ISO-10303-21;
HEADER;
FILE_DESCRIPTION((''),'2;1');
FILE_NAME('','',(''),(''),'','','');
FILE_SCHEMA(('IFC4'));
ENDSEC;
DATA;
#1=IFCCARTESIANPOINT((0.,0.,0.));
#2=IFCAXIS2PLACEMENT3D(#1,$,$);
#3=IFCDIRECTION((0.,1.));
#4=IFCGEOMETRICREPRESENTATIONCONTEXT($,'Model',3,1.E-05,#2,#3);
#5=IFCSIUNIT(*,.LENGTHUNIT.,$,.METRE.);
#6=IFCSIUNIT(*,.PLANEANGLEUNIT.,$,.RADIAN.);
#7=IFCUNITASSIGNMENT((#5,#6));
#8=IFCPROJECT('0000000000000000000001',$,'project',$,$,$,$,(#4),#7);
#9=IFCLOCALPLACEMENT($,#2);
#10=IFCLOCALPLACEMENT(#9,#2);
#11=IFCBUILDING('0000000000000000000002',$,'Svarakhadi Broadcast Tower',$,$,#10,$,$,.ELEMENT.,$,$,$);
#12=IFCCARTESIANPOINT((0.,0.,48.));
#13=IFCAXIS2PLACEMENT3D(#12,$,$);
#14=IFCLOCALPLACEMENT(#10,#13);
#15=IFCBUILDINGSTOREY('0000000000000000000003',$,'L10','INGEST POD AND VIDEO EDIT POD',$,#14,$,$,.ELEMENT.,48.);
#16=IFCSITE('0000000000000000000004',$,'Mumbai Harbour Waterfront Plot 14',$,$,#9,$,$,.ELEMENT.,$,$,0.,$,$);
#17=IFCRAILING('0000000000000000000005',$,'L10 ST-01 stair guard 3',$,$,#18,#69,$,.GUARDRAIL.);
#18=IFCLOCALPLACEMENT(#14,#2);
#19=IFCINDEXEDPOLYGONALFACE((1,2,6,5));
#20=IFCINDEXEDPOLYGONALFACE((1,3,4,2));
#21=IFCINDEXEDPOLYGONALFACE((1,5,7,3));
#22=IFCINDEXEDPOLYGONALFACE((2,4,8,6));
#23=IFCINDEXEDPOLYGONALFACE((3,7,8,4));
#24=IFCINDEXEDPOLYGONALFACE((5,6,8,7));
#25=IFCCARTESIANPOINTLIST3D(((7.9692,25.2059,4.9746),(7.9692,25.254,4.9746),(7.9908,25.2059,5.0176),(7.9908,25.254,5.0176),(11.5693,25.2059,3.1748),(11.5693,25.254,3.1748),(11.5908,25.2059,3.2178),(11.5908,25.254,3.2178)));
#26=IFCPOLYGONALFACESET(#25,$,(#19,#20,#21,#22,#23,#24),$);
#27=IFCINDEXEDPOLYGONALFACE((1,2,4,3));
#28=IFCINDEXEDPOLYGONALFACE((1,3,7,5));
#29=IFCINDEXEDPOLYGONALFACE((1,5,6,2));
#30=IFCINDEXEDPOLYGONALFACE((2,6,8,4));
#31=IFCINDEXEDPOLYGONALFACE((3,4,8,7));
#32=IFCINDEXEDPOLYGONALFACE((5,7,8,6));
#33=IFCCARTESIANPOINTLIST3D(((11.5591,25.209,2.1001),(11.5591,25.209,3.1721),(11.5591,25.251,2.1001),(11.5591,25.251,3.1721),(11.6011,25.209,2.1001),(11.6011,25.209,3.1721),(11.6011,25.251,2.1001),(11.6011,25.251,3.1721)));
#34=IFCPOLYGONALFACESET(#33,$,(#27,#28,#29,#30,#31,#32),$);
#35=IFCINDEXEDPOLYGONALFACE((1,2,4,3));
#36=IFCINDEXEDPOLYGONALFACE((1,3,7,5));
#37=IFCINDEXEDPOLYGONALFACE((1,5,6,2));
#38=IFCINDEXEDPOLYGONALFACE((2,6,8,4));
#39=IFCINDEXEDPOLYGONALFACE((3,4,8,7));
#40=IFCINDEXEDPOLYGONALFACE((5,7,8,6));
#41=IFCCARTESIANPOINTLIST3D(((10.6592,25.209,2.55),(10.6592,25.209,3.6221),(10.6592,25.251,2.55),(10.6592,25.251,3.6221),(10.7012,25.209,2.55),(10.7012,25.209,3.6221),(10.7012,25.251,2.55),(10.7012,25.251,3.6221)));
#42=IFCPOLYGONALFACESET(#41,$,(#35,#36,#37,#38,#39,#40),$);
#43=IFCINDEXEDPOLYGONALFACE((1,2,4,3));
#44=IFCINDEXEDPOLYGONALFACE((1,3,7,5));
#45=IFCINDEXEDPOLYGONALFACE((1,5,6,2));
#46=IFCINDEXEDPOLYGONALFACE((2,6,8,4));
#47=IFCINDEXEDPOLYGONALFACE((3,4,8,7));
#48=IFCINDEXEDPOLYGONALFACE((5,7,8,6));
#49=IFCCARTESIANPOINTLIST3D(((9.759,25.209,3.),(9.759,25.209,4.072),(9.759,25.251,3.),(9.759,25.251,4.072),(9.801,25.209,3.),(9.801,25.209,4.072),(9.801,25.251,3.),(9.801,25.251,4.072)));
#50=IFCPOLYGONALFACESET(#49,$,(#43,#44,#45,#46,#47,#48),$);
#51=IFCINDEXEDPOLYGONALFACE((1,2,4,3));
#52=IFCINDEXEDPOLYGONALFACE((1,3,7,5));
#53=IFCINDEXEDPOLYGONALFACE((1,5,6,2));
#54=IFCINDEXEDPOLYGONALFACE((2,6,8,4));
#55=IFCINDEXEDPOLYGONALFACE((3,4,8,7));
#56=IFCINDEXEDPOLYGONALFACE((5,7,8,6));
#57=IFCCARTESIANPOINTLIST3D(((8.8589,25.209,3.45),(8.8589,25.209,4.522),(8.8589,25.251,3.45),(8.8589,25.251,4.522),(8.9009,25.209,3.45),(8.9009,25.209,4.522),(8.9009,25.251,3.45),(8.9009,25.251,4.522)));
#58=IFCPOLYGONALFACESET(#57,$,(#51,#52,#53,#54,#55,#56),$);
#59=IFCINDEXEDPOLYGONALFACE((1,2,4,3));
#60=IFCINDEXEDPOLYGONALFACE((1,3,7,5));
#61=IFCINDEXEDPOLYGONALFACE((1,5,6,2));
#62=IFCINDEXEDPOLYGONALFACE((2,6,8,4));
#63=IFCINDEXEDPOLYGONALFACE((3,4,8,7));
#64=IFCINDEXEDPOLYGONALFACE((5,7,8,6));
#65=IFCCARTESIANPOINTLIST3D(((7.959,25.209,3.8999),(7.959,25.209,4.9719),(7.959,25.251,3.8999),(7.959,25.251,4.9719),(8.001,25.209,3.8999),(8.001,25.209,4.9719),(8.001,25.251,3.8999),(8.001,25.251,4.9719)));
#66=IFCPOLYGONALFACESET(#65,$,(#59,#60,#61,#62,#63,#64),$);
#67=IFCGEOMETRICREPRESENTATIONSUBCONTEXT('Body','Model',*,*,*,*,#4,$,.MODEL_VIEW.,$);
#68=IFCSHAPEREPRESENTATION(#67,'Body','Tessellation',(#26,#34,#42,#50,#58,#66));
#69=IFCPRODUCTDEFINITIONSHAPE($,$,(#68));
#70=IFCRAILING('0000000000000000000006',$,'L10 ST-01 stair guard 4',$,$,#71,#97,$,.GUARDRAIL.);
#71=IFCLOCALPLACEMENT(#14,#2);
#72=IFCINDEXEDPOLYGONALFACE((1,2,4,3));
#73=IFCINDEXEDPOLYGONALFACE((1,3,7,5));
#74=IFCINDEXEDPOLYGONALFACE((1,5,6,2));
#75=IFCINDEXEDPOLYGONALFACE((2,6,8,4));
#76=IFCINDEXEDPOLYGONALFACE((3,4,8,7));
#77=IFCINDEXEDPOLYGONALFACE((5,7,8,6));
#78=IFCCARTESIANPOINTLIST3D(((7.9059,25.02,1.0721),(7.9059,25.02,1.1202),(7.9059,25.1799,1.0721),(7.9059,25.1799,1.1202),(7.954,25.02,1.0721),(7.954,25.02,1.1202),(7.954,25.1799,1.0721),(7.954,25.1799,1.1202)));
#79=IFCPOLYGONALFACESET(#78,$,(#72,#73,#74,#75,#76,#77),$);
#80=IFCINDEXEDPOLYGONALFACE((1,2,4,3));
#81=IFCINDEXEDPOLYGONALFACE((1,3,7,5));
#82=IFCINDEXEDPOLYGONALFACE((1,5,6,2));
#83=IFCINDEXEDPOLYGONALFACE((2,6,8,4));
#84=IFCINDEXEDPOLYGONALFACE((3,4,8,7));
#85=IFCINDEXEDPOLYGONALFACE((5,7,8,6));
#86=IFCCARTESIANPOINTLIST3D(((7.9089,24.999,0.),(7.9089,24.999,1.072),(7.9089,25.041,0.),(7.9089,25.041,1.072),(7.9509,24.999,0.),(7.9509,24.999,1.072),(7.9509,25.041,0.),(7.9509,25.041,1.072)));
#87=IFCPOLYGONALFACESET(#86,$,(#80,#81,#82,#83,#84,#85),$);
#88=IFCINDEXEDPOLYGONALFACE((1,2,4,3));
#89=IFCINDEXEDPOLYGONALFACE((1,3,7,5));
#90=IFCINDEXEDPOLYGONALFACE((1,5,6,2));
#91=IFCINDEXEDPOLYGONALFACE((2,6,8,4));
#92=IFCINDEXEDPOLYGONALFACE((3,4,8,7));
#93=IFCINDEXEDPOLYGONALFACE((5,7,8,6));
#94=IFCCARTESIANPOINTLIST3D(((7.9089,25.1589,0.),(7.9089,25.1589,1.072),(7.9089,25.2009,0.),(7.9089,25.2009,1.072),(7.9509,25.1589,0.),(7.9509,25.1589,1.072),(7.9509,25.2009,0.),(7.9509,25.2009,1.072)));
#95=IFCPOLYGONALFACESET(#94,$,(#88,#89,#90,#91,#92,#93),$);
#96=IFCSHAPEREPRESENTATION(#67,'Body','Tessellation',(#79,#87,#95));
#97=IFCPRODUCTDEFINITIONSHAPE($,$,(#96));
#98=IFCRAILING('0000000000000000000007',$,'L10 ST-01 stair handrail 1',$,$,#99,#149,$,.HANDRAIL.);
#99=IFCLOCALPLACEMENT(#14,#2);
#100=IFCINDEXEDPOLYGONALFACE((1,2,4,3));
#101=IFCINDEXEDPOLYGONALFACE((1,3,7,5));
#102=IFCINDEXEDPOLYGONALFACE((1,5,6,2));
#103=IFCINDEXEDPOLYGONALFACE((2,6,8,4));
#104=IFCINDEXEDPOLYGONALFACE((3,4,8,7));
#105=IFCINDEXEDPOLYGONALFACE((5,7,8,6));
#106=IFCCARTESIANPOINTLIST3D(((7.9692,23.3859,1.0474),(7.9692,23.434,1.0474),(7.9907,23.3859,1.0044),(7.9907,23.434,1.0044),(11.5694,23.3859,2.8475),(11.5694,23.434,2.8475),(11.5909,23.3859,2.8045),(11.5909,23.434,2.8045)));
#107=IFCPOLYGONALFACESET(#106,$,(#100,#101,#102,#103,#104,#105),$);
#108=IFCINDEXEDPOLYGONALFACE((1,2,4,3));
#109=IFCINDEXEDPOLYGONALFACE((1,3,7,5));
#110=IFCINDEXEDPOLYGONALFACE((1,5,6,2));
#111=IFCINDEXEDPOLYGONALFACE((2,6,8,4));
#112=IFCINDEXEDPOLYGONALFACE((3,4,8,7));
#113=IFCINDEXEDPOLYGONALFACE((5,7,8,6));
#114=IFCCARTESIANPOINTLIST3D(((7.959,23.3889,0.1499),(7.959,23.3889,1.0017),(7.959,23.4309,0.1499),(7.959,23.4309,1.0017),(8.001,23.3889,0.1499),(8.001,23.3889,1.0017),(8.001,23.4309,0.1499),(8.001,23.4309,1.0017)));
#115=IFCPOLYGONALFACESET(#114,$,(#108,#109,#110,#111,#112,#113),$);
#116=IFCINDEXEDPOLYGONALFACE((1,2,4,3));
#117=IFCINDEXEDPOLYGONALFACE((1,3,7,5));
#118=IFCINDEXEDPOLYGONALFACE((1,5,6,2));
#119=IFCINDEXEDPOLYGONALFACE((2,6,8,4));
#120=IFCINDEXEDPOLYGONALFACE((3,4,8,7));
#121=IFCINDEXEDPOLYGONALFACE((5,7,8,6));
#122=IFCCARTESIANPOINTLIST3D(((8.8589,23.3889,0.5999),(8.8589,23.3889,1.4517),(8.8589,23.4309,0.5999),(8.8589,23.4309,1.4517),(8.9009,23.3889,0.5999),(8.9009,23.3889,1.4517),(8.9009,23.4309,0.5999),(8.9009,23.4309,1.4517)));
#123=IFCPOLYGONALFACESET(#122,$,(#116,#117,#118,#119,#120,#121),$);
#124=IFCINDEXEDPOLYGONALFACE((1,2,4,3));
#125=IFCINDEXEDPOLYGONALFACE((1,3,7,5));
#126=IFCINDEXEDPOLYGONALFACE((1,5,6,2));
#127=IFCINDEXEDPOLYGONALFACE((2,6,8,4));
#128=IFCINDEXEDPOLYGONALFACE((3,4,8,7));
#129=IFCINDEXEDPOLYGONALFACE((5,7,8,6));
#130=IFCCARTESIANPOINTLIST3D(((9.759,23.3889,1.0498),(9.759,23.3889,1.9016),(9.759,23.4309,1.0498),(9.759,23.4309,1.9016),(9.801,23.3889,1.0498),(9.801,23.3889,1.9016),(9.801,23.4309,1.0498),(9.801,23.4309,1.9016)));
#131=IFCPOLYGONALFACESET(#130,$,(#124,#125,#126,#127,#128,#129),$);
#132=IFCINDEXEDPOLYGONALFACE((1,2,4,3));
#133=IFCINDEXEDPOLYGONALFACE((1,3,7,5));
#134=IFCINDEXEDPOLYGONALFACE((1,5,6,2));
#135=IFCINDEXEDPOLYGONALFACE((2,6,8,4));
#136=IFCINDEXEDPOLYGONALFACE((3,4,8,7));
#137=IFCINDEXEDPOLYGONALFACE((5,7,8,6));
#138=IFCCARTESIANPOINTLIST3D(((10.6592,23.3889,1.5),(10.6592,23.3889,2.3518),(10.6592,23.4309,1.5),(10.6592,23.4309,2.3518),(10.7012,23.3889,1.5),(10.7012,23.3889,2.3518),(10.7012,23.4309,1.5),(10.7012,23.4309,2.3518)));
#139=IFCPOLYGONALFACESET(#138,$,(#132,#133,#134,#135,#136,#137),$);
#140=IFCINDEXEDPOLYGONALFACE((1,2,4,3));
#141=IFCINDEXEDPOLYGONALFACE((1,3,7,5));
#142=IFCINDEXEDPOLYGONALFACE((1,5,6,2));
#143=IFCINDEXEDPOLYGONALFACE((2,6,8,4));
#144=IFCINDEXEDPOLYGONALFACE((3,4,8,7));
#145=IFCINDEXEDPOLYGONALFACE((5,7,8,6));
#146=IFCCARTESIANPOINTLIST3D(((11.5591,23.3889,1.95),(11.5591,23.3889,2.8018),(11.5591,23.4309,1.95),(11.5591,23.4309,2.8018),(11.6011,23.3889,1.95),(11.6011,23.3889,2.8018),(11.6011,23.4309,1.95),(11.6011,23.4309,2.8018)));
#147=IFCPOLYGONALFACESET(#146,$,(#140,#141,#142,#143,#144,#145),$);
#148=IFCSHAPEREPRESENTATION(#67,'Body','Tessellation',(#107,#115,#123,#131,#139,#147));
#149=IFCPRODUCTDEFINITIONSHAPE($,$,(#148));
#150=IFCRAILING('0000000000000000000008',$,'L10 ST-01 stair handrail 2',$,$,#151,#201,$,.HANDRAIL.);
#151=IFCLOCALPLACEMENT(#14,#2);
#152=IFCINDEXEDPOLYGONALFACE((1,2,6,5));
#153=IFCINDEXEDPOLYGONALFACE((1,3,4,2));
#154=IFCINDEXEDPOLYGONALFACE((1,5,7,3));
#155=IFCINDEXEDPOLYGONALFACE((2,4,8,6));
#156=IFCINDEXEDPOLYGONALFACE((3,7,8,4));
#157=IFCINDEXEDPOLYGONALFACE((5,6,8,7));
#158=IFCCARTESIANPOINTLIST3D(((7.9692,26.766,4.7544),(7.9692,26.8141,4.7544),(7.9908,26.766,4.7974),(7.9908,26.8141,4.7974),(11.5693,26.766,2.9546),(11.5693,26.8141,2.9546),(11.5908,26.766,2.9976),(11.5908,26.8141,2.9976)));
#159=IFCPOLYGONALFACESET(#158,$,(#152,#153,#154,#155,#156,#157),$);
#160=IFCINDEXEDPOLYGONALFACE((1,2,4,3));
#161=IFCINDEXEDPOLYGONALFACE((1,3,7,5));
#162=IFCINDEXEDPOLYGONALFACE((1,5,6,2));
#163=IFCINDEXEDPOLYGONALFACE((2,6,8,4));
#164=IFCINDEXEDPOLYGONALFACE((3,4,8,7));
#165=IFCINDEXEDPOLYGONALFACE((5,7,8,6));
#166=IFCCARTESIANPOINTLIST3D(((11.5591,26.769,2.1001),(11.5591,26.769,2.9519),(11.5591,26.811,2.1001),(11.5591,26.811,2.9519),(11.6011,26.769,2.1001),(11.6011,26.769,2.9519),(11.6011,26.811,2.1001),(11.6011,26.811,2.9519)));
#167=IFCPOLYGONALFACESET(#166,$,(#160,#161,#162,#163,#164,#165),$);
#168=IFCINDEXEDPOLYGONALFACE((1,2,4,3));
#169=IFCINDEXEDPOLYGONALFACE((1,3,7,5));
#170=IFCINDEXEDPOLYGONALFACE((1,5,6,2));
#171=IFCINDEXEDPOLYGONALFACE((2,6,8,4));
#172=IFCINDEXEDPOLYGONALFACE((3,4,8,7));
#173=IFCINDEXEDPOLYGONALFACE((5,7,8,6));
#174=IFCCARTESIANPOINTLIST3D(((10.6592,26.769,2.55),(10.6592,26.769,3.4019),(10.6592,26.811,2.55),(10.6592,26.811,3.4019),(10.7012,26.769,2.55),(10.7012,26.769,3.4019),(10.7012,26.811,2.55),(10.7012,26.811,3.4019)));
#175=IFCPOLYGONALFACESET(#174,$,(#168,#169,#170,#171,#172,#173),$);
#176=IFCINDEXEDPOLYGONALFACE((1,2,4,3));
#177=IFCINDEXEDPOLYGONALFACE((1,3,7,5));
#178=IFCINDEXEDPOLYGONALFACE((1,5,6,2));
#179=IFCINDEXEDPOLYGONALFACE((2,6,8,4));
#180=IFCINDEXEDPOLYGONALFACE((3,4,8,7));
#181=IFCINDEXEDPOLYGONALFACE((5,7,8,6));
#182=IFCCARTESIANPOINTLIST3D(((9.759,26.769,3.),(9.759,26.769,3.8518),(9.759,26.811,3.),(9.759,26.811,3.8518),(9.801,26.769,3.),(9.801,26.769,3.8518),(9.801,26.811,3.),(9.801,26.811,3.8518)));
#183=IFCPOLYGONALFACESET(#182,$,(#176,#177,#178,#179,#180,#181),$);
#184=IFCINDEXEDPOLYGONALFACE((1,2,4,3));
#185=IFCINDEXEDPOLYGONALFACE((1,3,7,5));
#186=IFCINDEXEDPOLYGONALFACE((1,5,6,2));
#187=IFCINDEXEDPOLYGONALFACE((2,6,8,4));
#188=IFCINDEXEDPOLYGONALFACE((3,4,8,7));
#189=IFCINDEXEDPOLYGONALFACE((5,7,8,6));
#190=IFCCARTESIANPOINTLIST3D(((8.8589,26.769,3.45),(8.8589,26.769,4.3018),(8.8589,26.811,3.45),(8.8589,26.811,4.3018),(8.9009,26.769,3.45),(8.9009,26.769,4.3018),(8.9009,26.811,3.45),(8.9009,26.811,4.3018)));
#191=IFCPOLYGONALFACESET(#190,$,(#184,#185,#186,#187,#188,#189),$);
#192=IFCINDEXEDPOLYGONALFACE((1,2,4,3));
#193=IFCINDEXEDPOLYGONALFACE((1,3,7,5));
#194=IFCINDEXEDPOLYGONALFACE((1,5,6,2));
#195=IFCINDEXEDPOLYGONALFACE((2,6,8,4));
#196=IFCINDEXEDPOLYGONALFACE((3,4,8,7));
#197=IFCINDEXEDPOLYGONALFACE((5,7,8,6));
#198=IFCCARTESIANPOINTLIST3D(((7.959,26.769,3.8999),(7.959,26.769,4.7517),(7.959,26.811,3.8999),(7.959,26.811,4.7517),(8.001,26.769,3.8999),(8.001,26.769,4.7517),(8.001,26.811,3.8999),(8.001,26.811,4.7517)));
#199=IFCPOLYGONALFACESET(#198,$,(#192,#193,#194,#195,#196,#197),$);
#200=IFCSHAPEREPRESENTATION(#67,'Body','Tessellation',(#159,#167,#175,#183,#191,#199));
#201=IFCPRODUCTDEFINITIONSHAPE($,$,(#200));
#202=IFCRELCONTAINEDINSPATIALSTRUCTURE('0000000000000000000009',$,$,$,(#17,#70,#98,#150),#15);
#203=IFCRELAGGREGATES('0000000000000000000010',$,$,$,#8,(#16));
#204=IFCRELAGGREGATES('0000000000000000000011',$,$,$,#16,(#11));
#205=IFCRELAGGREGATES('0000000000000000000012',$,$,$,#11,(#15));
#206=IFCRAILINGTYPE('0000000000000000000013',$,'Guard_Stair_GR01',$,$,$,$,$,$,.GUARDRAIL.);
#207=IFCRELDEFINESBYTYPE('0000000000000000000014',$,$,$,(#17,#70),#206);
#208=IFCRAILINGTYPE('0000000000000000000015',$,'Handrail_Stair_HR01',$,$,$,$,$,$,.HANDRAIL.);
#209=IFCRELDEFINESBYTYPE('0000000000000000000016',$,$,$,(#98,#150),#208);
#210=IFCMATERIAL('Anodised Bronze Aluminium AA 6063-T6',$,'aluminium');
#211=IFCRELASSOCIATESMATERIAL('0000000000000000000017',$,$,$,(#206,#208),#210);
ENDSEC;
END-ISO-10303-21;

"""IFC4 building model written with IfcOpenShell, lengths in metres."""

from ifc_helpers import new_model, si_unit, direction, frame, origin, origin_2d, place, context, subcontext, project, spatial, rectangle, extrude, material, type_object, element, save


model = new_model("IFC4")

# Units and contexts
model_context = context("Model", 3, precision=1e-05, world=origin(), true_north=direction((0.0, 1.0)))
body_context = subcontext(model_context, "Body", "Model", "MODEL_VIEW")
ifc_project = project(units=[si_unit("LENGTHUNIT", "METRE"), si_unit("PLANEANGLEUNIT", "RADIAN")], contexts=[model_context])

# Site, building, storey
site_placement = place(None, origin())
site = spatial("IfcSite", under=ifc_project, at=site_placement, Name="Mumbai Harbour Waterfront Plot 14", CompositionType="ELEMENT", RefElevation=0.0)
building_placement = place(site_placement, origin())
building = spatial("IfcBuilding", under=site, at=building_placement, Name="Svarakhadi Broadcast Tower", CompositionType="ELEMENT")
storey_placement = place(building_placement, frame((0.0, 0.0, 48.0)))
storey = spatial("IfcBuildingStorey", under=building, at=storey_placement, Name="L10", Description="INGEST POD AND VIDEO EDIT POD", CompositionType="ELEMENT", Elevation=48.0)

# Railings
ifc_material_1 = material(Name="Anodised Bronze Aluminium AA 6063-T6", Category="aluminium")
railing_type_1 = type_object("IfcRailingType", Name="Guard_Stair_GR01", PredefinedType="GUARDRAIL", material=ifc_material_1)
railing_1_placement = place(storey_placement, frame((11.5801, 25.23, 2.1001)))
element("IfcRailing", 1, at=railing_1_placement, inside=storey, type_object=railing_type_1, Name="L10 ST-01 stair guard 3", PredefinedType="GUARDRAIL", context=body_context, shape_type="SweptSolid", body=[
    extrude(rectangle(XDim=0.0481, YDim=0.0481, at=origin_2d()), frame((0.0, 0.0, 1.0962), z_axis=(-0.894451, 0.0, 0.447165), x_axis=(0.0, -1.0, 0.0)), (0.0, 0.0, 1.0), 4.0249),
    extrude(rectangle(XDim=0.042, YDim=0.042, at=origin_2d()), origin(), (0.0, 0.0, 1.0), 1.072),
    extrude(rectangle(XDim=0.042, YDim=0.042, at=origin_2d()), frame((-0.8999, 0.0, 0.45)), (0.0, 0.0, 1.0), 1.072),
    extrude(rectangle(XDim=0.042, YDim=0.042, at=origin_2d()), frame((-1.8, 0.0, 0.8999)), (0.0, 0.0, 1.0), 1.072),
    extrude(rectangle(XDim=0.042, YDim=0.042, at=origin_2d()), frame((-2.7002, 0.0, 1.3499)), (0.0, 0.0, 1.0), 1.072),
    extrude(rectangle(XDim=0.042, YDim=0.042, at=origin_2d()), frame((-3.6001, 0.0, 1.7998)), (0.0, 0.0, 1.0), 1.072),
])
railing_2_placement = place(storey_placement, frame((7.9299, 25.02, 0.0)))
element("IfcRailing", 2, at=railing_2_placement, inside=storey, type_object=railing_type_1, Name="L10 ST-01 stair guard 4", PredefinedType="GUARDRAIL", context=body_context, shape_type="SweptSolid", body=[
    extrude(rectangle(XDim=0.0481, YDim=0.0481, at=origin_2d()), frame((0.0, 0.0, 1.0962), z_axis=(0.0, 1.0, 0.0), x_axis=(-1.0, 0.0, 0.0)), (0.0, 0.0, 1.0), 0.1599),
    extrude(rectangle(XDim=0.042, YDim=0.042, at=origin_2d()), origin(), (0.0, 0.0, 1.0), 1.072),
    extrude(rectangle(XDim=0.042, YDim=0.042, at=origin_2d()), frame((0.0, 0.1599, 0.0)), (0.0, 0.0, 1.0), 1.072),
])
railing_type_2 = type_object("IfcRailingType", Name="Handrail_Stair_HR01", PredefinedType="HANDRAIL", material=ifc_material_1)
railing_3_placement = place(storey_placement, frame((7.98, 23.4099, 0.1499)))
element("IfcRailing", 3, at=railing_3_placement, inside=storey, type_object=railing_type_2, Name="L10 ST-01 stair handrail 1", PredefinedType="HANDRAIL", context=body_context, shape_type="SweptSolid", body=[
    extrude(rectangle(XDim=0.0481, YDim=0.0481, at=origin_2d()), frame((0.0, 0.0, 0.876), z_axis=(0.894427, 0.0, 0.447214), x_axis=(0.0, 1.0, 0.0)), (0.0, 0.0, 1.0), 4.0251),
    extrude(rectangle(XDim=0.042, YDim=0.042, at=origin_2d()), origin(), (0.0, 0.0, 1.0), 0.8518),
    extrude(rectangle(XDim=0.042, YDim=0.042, at=origin_2d()), frame((0.8999, 0.0, 0.45)), (0.0, 0.0, 1.0), 0.8518),
    extrude(rectangle(XDim=0.042, YDim=0.042, at=origin_2d()), frame((1.8, 0.0, 0.8999)), (0.0, 0.0, 1.0), 0.8518),
    extrude(rectangle(XDim=0.042, YDim=0.042, at=origin_2d()), frame((2.7002, 0.0, 1.3501)), (0.0, 0.0, 1.0), 0.8518),
    extrude(rectangle(XDim=0.042, YDim=0.042, at=origin_2d()), frame((3.6001, 0.0, 1.8)), (0.0, 0.0, 1.0), 0.8518),
])
railing_4_placement = place(storey_placement, frame((11.5801, 26.79, 2.1001)))
element("IfcRailing", 4, at=railing_4_placement, inside=storey, type_object=railing_type_2, Name="L10 ST-01 stair handrail 2", PredefinedType="HANDRAIL", context=body_context, shape_type="SweptSolid", body=[
    extrude(rectangle(XDim=0.0481, YDim=0.0481, at=origin_2d()), frame((0.0, 0.0, 0.876), z_axis=(-0.894451, 0.0, 0.447165), x_axis=(0.0, -1.0, 0.0)), (0.0, 0.0, 1.0), 4.0249),
    extrude(rectangle(XDim=0.042, YDim=0.042, at=origin_2d()), origin(), (0.0, 0.0, 1.0), 0.8518),
    extrude(rectangle(XDim=0.042, YDim=0.042, at=origin_2d()), frame((-0.8999, 0.0, 0.45)), (0.0, 0.0, 1.0), 0.8518),
    extrude(rectangle(XDim=0.042, YDim=0.042, at=origin_2d()), frame((-1.8, 0.0, 0.8999)), (0.0, 0.0, 1.0), 0.8518),
    extrude(rectangle(XDim=0.042, YDim=0.042, at=origin_2d()), frame((-2.7002, 0.0, 1.3499)), (0.0, 0.0, 1.0), 0.8518),
    extrude(rectangle(XDim=0.042, YDim=0.042, at=origin_2d()), frame((-3.6001, 0.0, 1.7998)), (0.0, 0.0, 1.0), 0.8518),
])

save(model, "model.ifc")
